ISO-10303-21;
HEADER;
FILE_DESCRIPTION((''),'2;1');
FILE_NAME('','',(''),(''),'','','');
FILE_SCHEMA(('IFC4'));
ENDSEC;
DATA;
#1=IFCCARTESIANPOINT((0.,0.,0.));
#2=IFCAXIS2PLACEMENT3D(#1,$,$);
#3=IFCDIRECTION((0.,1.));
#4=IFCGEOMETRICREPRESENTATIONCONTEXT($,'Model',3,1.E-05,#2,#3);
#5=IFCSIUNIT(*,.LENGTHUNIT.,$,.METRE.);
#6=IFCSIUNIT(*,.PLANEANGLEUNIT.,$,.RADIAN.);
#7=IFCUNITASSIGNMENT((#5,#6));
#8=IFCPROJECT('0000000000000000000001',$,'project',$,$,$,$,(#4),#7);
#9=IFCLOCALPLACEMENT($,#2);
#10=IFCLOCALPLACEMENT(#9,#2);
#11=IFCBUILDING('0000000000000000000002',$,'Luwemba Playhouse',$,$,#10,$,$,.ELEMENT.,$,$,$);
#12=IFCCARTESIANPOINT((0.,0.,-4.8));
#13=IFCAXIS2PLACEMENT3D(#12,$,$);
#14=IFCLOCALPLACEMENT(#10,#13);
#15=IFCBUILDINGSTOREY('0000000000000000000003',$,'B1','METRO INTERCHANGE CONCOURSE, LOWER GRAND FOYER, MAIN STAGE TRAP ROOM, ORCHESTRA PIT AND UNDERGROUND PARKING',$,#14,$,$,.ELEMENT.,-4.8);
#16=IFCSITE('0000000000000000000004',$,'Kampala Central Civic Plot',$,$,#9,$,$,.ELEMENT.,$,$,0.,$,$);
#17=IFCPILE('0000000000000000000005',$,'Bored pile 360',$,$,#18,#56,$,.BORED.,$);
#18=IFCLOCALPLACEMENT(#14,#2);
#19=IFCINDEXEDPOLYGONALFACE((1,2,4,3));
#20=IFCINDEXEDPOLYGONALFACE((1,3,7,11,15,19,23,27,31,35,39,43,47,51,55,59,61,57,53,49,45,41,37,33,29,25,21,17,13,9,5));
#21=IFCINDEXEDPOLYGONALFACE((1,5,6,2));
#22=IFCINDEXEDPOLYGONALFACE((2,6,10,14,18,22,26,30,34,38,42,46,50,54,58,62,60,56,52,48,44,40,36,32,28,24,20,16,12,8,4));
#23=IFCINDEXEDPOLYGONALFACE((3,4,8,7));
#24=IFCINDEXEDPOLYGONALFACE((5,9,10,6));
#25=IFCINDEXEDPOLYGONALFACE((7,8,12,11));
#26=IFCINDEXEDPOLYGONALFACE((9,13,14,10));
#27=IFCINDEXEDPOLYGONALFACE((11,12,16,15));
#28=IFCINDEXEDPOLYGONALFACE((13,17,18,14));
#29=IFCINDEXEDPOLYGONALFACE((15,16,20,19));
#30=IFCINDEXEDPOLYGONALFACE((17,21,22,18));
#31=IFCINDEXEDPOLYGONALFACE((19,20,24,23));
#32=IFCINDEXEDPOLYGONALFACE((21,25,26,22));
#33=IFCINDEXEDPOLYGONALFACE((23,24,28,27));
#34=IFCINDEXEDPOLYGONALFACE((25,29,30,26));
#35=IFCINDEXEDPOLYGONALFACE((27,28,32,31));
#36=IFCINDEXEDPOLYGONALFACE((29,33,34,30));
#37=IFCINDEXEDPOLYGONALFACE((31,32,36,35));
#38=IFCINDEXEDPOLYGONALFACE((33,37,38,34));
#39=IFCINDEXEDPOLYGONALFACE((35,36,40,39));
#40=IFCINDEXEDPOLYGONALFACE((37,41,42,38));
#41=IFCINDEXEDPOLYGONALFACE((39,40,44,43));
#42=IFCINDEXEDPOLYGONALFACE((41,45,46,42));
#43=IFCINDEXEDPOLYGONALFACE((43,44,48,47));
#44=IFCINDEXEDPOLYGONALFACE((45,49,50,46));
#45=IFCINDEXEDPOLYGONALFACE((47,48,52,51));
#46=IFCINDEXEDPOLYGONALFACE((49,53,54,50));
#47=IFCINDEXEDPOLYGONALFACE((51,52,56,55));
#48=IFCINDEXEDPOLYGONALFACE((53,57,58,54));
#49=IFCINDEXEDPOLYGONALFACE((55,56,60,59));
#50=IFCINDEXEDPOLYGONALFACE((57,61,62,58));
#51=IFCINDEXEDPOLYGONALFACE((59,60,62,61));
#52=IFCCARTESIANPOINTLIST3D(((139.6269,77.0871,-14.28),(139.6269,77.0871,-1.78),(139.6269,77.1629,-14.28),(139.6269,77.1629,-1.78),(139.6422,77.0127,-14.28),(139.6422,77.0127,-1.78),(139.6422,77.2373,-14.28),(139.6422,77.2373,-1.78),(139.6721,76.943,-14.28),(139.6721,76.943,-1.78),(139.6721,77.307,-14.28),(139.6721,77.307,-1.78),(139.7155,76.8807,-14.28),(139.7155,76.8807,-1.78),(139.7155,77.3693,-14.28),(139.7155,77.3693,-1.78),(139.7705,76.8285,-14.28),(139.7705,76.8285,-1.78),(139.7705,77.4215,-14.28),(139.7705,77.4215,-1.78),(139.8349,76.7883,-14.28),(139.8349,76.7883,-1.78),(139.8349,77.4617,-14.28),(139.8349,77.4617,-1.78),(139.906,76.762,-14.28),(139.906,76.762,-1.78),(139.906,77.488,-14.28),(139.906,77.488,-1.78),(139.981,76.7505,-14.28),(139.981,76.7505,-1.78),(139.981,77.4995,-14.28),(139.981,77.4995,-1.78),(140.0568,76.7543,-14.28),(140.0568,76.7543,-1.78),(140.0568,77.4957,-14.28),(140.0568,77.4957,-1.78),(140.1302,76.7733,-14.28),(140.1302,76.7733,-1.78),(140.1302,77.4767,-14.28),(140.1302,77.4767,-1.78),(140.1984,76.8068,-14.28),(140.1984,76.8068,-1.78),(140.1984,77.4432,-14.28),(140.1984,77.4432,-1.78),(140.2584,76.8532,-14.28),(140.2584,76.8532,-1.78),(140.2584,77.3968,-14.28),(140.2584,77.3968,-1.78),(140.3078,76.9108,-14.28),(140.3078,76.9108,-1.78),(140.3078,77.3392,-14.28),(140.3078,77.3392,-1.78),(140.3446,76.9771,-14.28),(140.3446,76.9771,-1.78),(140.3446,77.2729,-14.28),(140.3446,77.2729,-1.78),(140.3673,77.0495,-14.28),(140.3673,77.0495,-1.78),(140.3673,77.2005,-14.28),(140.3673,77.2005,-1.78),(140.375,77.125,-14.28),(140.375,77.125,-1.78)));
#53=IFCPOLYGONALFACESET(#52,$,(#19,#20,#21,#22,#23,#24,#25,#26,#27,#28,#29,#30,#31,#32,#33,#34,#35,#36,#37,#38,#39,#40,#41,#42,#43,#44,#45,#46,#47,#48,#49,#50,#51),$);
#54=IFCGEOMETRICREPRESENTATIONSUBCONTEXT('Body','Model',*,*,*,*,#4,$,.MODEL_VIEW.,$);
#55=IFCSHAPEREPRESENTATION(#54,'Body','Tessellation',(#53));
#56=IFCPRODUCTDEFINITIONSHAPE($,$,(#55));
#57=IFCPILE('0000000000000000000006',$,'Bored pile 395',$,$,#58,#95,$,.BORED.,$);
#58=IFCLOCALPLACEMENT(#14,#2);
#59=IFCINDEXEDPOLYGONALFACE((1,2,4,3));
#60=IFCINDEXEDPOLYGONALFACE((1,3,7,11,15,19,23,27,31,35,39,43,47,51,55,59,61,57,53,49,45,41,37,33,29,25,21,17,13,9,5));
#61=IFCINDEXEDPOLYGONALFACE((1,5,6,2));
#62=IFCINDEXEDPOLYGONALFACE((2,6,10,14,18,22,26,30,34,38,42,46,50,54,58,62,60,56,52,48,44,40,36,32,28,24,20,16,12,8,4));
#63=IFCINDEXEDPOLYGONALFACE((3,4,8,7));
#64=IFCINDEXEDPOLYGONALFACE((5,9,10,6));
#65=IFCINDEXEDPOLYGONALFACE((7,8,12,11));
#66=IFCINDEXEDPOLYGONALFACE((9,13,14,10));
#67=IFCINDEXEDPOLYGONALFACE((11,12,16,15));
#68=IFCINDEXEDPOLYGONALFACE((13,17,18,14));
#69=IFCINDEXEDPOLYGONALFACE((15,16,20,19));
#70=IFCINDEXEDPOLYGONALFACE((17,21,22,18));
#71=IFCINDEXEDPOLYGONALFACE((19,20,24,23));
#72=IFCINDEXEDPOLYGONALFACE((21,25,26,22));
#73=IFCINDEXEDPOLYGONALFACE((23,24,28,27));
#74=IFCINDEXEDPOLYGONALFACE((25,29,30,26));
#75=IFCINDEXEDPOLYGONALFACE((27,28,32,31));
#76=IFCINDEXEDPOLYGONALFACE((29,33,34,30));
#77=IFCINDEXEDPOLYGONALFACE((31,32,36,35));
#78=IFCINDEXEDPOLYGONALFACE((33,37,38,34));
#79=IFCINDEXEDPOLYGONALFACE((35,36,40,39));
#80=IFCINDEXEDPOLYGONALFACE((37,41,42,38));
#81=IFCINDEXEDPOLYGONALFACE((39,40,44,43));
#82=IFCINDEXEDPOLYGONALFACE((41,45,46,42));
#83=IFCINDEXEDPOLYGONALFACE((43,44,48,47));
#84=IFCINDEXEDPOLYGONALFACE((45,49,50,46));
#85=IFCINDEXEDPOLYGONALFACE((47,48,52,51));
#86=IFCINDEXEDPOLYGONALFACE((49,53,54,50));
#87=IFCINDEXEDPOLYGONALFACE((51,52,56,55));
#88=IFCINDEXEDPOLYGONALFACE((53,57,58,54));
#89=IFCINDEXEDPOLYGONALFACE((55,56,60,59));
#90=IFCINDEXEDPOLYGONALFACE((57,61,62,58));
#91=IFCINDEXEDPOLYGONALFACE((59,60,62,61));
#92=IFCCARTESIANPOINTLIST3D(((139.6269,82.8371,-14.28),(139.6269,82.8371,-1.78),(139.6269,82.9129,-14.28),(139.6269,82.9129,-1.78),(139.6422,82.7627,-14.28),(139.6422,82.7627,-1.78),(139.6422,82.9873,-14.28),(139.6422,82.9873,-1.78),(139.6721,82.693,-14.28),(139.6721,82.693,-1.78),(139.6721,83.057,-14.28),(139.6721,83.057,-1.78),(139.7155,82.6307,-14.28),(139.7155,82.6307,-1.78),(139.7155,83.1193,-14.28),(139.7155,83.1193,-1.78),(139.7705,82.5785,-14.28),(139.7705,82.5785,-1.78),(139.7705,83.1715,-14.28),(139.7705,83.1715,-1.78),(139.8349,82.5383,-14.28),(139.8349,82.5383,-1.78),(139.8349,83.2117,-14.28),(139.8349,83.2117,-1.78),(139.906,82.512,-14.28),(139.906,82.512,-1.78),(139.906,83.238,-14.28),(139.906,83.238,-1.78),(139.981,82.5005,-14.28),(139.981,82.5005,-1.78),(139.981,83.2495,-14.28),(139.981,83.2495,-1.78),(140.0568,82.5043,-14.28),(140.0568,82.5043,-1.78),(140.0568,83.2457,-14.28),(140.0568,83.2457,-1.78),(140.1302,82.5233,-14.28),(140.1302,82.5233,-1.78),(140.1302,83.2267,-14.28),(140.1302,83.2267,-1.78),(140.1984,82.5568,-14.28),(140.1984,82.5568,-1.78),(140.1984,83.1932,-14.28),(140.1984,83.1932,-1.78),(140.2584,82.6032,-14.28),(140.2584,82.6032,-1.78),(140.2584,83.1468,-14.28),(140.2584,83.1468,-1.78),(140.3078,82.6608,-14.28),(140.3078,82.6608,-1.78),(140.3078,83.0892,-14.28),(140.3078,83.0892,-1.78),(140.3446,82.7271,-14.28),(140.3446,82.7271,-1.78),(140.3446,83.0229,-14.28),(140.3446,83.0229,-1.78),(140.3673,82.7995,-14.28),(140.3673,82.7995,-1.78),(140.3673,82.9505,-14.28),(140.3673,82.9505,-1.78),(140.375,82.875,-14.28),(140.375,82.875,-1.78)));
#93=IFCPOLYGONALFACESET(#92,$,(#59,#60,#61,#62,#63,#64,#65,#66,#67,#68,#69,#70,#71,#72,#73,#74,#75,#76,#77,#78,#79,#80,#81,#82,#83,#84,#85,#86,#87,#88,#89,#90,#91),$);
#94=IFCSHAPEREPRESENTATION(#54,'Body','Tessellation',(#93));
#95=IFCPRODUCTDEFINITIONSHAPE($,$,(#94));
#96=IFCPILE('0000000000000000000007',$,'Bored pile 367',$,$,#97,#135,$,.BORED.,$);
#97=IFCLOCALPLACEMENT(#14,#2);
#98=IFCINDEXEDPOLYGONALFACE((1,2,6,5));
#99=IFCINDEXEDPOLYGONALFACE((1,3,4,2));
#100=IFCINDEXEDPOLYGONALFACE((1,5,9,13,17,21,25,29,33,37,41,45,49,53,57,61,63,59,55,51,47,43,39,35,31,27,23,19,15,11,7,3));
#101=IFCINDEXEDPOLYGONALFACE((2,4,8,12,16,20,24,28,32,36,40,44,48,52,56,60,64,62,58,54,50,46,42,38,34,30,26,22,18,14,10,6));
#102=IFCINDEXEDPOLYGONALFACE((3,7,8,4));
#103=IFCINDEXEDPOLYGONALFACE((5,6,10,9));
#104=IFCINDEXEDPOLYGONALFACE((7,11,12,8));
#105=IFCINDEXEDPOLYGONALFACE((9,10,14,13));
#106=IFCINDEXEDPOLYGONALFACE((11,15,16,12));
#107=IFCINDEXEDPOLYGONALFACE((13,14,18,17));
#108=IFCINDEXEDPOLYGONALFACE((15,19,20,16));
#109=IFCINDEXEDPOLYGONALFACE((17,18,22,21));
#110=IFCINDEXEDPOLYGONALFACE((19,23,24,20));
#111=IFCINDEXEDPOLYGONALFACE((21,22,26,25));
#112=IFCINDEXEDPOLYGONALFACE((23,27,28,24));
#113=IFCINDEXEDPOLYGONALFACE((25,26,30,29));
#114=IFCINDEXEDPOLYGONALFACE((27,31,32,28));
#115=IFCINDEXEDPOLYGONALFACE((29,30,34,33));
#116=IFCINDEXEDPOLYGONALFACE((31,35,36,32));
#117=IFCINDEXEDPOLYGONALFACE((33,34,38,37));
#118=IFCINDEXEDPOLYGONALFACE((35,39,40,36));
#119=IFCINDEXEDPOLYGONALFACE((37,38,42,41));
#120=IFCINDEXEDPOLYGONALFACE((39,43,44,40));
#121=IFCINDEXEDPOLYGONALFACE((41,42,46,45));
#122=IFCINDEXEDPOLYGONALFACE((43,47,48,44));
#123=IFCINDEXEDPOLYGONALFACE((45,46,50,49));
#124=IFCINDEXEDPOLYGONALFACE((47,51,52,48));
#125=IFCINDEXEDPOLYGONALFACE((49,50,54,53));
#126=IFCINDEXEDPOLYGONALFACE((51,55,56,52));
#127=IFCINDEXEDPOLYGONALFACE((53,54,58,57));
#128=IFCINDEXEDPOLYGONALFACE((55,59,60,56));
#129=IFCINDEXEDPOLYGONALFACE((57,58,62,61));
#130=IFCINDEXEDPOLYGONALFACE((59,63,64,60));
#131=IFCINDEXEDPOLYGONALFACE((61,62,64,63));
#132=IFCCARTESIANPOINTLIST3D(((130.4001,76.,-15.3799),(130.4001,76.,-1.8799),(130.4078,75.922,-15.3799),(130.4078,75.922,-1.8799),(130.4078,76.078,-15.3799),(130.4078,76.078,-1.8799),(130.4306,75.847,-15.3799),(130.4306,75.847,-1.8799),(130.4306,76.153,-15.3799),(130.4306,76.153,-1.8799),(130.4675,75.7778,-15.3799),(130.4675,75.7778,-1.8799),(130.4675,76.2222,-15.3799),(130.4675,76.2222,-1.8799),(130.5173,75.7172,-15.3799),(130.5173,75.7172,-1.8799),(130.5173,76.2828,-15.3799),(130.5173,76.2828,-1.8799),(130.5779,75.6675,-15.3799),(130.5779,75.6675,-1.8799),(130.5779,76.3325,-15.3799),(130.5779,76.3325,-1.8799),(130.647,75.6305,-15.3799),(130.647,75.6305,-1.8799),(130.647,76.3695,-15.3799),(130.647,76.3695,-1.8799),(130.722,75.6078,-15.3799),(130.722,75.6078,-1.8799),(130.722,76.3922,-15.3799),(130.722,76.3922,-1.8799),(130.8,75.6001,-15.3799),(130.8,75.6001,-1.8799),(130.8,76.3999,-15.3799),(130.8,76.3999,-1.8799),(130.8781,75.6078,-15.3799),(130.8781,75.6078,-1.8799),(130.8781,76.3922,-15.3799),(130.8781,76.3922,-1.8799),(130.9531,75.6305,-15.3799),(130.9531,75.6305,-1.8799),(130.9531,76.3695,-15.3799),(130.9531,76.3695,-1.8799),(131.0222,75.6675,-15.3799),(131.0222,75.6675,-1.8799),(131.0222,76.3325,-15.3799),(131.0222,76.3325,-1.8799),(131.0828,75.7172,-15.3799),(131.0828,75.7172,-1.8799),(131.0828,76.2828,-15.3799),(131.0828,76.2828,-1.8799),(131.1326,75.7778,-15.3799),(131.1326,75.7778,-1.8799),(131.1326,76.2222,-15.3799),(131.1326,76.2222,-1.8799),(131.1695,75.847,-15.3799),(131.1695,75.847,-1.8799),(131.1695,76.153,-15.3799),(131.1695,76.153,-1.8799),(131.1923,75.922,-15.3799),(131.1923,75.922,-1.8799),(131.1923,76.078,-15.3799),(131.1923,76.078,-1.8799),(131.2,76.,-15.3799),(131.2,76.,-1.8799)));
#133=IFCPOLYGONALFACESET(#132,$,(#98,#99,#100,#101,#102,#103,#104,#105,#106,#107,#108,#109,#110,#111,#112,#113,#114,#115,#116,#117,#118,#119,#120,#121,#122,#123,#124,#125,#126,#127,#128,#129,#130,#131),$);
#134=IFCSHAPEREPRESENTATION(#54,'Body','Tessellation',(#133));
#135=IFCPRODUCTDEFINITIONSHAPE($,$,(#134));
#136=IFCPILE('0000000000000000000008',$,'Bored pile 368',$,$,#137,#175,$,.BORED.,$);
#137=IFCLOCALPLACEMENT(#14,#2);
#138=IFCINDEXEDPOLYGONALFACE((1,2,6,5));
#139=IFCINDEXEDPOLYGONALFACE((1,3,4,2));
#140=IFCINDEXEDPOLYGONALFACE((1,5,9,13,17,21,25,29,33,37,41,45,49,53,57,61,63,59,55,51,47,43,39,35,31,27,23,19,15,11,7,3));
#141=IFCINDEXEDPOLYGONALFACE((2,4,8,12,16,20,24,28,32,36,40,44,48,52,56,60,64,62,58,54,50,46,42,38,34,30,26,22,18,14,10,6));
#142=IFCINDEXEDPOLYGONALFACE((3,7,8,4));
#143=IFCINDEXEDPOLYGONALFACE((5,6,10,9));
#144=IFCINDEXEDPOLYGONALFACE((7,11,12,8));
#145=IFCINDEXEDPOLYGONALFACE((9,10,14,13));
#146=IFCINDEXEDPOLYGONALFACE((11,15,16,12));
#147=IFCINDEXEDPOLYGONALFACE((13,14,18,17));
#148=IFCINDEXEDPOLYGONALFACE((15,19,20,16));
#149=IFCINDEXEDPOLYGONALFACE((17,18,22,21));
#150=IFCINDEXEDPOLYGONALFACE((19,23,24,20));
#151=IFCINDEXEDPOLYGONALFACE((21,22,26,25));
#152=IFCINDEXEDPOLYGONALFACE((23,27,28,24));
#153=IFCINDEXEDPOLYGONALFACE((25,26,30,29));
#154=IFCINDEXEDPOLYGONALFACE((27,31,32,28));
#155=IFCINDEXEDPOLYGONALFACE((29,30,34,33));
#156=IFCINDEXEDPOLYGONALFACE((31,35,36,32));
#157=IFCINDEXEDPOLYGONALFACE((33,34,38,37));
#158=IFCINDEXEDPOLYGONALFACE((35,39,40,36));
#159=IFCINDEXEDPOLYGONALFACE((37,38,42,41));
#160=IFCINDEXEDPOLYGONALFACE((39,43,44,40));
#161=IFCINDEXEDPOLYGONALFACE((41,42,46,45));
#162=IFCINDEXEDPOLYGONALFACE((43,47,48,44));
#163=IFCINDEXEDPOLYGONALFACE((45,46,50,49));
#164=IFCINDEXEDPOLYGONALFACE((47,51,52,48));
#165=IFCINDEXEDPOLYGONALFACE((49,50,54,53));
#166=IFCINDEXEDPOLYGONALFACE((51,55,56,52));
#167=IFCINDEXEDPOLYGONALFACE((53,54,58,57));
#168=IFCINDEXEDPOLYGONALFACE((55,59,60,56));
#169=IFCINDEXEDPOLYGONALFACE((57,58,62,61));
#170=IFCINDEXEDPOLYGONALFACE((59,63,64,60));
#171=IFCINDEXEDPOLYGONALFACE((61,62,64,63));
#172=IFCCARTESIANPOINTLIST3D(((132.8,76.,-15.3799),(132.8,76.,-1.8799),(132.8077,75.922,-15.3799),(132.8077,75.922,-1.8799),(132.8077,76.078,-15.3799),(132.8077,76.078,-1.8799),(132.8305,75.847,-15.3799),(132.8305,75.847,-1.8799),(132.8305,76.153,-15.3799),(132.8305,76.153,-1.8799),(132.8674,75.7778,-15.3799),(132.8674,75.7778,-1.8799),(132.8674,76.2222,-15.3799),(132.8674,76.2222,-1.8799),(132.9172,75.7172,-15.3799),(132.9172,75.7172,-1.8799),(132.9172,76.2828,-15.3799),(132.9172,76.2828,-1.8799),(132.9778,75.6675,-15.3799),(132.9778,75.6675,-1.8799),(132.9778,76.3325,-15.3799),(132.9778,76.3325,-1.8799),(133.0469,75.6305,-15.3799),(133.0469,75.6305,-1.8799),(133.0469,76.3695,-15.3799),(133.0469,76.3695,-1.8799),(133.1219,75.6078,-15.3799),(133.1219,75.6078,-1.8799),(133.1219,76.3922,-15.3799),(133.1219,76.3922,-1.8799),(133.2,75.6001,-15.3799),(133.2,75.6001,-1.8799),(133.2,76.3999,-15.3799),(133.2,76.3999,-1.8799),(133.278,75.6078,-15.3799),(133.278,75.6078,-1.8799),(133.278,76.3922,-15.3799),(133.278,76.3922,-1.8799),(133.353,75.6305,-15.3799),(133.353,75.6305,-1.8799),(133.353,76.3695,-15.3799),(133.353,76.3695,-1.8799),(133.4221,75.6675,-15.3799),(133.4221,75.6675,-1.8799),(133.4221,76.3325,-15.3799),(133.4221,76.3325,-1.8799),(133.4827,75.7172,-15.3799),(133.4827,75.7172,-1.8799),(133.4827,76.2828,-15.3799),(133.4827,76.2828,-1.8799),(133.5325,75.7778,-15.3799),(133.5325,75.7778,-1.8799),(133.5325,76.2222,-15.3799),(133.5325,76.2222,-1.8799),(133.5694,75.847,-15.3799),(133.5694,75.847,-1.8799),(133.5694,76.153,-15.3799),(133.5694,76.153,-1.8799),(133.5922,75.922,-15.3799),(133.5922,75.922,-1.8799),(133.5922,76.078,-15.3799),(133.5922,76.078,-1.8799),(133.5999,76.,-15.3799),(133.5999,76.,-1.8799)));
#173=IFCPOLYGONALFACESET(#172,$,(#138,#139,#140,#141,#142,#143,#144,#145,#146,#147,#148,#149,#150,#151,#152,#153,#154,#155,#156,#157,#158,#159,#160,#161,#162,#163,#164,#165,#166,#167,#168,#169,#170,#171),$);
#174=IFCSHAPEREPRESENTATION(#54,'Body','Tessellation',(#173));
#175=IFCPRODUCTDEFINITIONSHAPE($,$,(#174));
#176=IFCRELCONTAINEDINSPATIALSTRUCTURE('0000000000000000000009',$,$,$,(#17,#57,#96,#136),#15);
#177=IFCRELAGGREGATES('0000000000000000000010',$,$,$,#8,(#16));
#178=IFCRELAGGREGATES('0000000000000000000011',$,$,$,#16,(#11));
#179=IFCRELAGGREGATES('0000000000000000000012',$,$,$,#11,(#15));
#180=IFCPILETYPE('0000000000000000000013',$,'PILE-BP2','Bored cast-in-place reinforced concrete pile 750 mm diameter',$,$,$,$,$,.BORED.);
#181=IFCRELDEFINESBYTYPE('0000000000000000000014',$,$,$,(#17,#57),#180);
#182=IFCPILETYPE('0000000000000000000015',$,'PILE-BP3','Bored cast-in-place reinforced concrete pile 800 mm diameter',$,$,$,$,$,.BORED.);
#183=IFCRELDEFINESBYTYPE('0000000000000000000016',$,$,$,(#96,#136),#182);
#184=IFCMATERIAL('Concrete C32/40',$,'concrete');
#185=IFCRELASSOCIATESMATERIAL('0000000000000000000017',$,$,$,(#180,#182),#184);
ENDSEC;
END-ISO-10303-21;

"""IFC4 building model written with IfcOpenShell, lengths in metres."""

from ifc_helpers import new_model, si_unit, direction, frame, origin, origin_2d, place, context, subcontext, project, spatial, circle, extrude, material, material_profile, profile_set, type_object, element, save


model = new_model("IFC4")

# Units and contexts
model_context = context("Model", 3, precision=1e-05, world=origin(), true_north=direction((0.0, 1.0)))
body_context = subcontext(model_context, "Body", "Model", "MODEL_VIEW")
ifc_project = project(units=[si_unit("LENGTHUNIT", "METRE"), si_unit("PLANEANGLEUNIT", "RADIAN")], contexts=[model_context])

# Site, building, storey
site_placement = place(None, origin())
site = spatial("IfcSite", under=ifc_project, at=site_placement, Name="Kampala Central Civic Plot", CompositionType="ELEMENT", RefElevation=0.0)
building_placement = place(site_placement, origin())
building = spatial("IfcBuilding", under=site, at=building_placement, Name="Luwemba Playhouse", CompositionType="ELEMENT")
storey_placement = place(building_placement, frame((0.0, 0.0, -4.8)))
storey = spatial("IfcBuildingStorey", under=building, at=storey_placement, Name="B1", Description="METRO INTERCHANGE CONCOURSE, LOWER GRAND FOYER, MAIN STAGE TRAP ROOM, ORCHESTRA PIT AND UNDERGROUND PARKING", CompositionType="ELEMENT", Elevation=-4.8)

# Shared definitions
ifc_material_1 = material(Name="Concrete C32/40", Category="concrete")

# Piles
ifc_material_profile_1 = material_profile(ifc_material_1, circle(Radius=0.375, at=origin_2d()))
ifc_profile_set_1 = profile_set([ifc_material_profile_1], Name="Concrete C32/40")
pile_type_1 = type_object("IfcPileType", Name="PILE-BP2", Description="Bored cast-in-place reinforced concrete pile 750 mm diameter", PredefinedType="BORED", material=ifc_profile_set_1)
for number, where, z_axis, x_axis, name in (
    (1, (140.0, 77.125, -1.78), (0.0, 0.0, -1.0), (1.0, 0.0, 0.0), "Bored pile 360"),
    (2, (140.0, 82.875, -1.78), (0.0, 0.0, -1.0), (1.0, 0.0, 0.0), "Bored pile 395"),
):
    element("IfcPile", number, at=place(storey_placement, frame(where, z_axis=z_axis, x_axis=x_axis)), inside=storey, type_object=pile_type_1, Name=name, PredefinedType="BORED", context=body_context, shape_type="SweptSolid", body=[
        extrude(circle(Radius=0.375, at=origin_2d()), origin(), (0.0, 0.0, 1.0), 12.5),
    ])
ifc_material_profile_2 = material_profile(ifc_material_1, circle(Radius=0.3999, at=origin_2d()))
ifc_profile_set_2 = profile_set([ifc_material_profile_2], Name="Concrete C32/40")
pile_type_2 = type_object("IfcPileType", Name="PILE-BP3", Description="Bored cast-in-place reinforced concrete pile 800 mm diameter", PredefinedType="BORED", material=ifc_profile_set_2)
for number, where, z_axis, x_axis, name in (
    (3, (130.8, 76.0, -1.8799), (0.0, 0.0, -1.0), (1.0, 0.0, 0.0), "Bored pile 367"),
    (4, (133.2, 76.0, -1.8799), (0.0, 0.0, -1.0), (1.0, 0.0, 0.0), "Bored pile 368"),
):
    element("IfcPile", number, at=place(storey_placement, frame(where, z_axis=z_axis, x_axis=x_axis)), inside=storey, type_object=pile_type_2, Name=name, PredefinedType="BORED", context=body_context, shape_type="SweptSolid", body=[
        extrude(circle(Radius=0.3999, at=origin_2d()), origin(), (0.0, 0.0, 1.0), 13.5),
    ])

save(model, "model.ifc")
